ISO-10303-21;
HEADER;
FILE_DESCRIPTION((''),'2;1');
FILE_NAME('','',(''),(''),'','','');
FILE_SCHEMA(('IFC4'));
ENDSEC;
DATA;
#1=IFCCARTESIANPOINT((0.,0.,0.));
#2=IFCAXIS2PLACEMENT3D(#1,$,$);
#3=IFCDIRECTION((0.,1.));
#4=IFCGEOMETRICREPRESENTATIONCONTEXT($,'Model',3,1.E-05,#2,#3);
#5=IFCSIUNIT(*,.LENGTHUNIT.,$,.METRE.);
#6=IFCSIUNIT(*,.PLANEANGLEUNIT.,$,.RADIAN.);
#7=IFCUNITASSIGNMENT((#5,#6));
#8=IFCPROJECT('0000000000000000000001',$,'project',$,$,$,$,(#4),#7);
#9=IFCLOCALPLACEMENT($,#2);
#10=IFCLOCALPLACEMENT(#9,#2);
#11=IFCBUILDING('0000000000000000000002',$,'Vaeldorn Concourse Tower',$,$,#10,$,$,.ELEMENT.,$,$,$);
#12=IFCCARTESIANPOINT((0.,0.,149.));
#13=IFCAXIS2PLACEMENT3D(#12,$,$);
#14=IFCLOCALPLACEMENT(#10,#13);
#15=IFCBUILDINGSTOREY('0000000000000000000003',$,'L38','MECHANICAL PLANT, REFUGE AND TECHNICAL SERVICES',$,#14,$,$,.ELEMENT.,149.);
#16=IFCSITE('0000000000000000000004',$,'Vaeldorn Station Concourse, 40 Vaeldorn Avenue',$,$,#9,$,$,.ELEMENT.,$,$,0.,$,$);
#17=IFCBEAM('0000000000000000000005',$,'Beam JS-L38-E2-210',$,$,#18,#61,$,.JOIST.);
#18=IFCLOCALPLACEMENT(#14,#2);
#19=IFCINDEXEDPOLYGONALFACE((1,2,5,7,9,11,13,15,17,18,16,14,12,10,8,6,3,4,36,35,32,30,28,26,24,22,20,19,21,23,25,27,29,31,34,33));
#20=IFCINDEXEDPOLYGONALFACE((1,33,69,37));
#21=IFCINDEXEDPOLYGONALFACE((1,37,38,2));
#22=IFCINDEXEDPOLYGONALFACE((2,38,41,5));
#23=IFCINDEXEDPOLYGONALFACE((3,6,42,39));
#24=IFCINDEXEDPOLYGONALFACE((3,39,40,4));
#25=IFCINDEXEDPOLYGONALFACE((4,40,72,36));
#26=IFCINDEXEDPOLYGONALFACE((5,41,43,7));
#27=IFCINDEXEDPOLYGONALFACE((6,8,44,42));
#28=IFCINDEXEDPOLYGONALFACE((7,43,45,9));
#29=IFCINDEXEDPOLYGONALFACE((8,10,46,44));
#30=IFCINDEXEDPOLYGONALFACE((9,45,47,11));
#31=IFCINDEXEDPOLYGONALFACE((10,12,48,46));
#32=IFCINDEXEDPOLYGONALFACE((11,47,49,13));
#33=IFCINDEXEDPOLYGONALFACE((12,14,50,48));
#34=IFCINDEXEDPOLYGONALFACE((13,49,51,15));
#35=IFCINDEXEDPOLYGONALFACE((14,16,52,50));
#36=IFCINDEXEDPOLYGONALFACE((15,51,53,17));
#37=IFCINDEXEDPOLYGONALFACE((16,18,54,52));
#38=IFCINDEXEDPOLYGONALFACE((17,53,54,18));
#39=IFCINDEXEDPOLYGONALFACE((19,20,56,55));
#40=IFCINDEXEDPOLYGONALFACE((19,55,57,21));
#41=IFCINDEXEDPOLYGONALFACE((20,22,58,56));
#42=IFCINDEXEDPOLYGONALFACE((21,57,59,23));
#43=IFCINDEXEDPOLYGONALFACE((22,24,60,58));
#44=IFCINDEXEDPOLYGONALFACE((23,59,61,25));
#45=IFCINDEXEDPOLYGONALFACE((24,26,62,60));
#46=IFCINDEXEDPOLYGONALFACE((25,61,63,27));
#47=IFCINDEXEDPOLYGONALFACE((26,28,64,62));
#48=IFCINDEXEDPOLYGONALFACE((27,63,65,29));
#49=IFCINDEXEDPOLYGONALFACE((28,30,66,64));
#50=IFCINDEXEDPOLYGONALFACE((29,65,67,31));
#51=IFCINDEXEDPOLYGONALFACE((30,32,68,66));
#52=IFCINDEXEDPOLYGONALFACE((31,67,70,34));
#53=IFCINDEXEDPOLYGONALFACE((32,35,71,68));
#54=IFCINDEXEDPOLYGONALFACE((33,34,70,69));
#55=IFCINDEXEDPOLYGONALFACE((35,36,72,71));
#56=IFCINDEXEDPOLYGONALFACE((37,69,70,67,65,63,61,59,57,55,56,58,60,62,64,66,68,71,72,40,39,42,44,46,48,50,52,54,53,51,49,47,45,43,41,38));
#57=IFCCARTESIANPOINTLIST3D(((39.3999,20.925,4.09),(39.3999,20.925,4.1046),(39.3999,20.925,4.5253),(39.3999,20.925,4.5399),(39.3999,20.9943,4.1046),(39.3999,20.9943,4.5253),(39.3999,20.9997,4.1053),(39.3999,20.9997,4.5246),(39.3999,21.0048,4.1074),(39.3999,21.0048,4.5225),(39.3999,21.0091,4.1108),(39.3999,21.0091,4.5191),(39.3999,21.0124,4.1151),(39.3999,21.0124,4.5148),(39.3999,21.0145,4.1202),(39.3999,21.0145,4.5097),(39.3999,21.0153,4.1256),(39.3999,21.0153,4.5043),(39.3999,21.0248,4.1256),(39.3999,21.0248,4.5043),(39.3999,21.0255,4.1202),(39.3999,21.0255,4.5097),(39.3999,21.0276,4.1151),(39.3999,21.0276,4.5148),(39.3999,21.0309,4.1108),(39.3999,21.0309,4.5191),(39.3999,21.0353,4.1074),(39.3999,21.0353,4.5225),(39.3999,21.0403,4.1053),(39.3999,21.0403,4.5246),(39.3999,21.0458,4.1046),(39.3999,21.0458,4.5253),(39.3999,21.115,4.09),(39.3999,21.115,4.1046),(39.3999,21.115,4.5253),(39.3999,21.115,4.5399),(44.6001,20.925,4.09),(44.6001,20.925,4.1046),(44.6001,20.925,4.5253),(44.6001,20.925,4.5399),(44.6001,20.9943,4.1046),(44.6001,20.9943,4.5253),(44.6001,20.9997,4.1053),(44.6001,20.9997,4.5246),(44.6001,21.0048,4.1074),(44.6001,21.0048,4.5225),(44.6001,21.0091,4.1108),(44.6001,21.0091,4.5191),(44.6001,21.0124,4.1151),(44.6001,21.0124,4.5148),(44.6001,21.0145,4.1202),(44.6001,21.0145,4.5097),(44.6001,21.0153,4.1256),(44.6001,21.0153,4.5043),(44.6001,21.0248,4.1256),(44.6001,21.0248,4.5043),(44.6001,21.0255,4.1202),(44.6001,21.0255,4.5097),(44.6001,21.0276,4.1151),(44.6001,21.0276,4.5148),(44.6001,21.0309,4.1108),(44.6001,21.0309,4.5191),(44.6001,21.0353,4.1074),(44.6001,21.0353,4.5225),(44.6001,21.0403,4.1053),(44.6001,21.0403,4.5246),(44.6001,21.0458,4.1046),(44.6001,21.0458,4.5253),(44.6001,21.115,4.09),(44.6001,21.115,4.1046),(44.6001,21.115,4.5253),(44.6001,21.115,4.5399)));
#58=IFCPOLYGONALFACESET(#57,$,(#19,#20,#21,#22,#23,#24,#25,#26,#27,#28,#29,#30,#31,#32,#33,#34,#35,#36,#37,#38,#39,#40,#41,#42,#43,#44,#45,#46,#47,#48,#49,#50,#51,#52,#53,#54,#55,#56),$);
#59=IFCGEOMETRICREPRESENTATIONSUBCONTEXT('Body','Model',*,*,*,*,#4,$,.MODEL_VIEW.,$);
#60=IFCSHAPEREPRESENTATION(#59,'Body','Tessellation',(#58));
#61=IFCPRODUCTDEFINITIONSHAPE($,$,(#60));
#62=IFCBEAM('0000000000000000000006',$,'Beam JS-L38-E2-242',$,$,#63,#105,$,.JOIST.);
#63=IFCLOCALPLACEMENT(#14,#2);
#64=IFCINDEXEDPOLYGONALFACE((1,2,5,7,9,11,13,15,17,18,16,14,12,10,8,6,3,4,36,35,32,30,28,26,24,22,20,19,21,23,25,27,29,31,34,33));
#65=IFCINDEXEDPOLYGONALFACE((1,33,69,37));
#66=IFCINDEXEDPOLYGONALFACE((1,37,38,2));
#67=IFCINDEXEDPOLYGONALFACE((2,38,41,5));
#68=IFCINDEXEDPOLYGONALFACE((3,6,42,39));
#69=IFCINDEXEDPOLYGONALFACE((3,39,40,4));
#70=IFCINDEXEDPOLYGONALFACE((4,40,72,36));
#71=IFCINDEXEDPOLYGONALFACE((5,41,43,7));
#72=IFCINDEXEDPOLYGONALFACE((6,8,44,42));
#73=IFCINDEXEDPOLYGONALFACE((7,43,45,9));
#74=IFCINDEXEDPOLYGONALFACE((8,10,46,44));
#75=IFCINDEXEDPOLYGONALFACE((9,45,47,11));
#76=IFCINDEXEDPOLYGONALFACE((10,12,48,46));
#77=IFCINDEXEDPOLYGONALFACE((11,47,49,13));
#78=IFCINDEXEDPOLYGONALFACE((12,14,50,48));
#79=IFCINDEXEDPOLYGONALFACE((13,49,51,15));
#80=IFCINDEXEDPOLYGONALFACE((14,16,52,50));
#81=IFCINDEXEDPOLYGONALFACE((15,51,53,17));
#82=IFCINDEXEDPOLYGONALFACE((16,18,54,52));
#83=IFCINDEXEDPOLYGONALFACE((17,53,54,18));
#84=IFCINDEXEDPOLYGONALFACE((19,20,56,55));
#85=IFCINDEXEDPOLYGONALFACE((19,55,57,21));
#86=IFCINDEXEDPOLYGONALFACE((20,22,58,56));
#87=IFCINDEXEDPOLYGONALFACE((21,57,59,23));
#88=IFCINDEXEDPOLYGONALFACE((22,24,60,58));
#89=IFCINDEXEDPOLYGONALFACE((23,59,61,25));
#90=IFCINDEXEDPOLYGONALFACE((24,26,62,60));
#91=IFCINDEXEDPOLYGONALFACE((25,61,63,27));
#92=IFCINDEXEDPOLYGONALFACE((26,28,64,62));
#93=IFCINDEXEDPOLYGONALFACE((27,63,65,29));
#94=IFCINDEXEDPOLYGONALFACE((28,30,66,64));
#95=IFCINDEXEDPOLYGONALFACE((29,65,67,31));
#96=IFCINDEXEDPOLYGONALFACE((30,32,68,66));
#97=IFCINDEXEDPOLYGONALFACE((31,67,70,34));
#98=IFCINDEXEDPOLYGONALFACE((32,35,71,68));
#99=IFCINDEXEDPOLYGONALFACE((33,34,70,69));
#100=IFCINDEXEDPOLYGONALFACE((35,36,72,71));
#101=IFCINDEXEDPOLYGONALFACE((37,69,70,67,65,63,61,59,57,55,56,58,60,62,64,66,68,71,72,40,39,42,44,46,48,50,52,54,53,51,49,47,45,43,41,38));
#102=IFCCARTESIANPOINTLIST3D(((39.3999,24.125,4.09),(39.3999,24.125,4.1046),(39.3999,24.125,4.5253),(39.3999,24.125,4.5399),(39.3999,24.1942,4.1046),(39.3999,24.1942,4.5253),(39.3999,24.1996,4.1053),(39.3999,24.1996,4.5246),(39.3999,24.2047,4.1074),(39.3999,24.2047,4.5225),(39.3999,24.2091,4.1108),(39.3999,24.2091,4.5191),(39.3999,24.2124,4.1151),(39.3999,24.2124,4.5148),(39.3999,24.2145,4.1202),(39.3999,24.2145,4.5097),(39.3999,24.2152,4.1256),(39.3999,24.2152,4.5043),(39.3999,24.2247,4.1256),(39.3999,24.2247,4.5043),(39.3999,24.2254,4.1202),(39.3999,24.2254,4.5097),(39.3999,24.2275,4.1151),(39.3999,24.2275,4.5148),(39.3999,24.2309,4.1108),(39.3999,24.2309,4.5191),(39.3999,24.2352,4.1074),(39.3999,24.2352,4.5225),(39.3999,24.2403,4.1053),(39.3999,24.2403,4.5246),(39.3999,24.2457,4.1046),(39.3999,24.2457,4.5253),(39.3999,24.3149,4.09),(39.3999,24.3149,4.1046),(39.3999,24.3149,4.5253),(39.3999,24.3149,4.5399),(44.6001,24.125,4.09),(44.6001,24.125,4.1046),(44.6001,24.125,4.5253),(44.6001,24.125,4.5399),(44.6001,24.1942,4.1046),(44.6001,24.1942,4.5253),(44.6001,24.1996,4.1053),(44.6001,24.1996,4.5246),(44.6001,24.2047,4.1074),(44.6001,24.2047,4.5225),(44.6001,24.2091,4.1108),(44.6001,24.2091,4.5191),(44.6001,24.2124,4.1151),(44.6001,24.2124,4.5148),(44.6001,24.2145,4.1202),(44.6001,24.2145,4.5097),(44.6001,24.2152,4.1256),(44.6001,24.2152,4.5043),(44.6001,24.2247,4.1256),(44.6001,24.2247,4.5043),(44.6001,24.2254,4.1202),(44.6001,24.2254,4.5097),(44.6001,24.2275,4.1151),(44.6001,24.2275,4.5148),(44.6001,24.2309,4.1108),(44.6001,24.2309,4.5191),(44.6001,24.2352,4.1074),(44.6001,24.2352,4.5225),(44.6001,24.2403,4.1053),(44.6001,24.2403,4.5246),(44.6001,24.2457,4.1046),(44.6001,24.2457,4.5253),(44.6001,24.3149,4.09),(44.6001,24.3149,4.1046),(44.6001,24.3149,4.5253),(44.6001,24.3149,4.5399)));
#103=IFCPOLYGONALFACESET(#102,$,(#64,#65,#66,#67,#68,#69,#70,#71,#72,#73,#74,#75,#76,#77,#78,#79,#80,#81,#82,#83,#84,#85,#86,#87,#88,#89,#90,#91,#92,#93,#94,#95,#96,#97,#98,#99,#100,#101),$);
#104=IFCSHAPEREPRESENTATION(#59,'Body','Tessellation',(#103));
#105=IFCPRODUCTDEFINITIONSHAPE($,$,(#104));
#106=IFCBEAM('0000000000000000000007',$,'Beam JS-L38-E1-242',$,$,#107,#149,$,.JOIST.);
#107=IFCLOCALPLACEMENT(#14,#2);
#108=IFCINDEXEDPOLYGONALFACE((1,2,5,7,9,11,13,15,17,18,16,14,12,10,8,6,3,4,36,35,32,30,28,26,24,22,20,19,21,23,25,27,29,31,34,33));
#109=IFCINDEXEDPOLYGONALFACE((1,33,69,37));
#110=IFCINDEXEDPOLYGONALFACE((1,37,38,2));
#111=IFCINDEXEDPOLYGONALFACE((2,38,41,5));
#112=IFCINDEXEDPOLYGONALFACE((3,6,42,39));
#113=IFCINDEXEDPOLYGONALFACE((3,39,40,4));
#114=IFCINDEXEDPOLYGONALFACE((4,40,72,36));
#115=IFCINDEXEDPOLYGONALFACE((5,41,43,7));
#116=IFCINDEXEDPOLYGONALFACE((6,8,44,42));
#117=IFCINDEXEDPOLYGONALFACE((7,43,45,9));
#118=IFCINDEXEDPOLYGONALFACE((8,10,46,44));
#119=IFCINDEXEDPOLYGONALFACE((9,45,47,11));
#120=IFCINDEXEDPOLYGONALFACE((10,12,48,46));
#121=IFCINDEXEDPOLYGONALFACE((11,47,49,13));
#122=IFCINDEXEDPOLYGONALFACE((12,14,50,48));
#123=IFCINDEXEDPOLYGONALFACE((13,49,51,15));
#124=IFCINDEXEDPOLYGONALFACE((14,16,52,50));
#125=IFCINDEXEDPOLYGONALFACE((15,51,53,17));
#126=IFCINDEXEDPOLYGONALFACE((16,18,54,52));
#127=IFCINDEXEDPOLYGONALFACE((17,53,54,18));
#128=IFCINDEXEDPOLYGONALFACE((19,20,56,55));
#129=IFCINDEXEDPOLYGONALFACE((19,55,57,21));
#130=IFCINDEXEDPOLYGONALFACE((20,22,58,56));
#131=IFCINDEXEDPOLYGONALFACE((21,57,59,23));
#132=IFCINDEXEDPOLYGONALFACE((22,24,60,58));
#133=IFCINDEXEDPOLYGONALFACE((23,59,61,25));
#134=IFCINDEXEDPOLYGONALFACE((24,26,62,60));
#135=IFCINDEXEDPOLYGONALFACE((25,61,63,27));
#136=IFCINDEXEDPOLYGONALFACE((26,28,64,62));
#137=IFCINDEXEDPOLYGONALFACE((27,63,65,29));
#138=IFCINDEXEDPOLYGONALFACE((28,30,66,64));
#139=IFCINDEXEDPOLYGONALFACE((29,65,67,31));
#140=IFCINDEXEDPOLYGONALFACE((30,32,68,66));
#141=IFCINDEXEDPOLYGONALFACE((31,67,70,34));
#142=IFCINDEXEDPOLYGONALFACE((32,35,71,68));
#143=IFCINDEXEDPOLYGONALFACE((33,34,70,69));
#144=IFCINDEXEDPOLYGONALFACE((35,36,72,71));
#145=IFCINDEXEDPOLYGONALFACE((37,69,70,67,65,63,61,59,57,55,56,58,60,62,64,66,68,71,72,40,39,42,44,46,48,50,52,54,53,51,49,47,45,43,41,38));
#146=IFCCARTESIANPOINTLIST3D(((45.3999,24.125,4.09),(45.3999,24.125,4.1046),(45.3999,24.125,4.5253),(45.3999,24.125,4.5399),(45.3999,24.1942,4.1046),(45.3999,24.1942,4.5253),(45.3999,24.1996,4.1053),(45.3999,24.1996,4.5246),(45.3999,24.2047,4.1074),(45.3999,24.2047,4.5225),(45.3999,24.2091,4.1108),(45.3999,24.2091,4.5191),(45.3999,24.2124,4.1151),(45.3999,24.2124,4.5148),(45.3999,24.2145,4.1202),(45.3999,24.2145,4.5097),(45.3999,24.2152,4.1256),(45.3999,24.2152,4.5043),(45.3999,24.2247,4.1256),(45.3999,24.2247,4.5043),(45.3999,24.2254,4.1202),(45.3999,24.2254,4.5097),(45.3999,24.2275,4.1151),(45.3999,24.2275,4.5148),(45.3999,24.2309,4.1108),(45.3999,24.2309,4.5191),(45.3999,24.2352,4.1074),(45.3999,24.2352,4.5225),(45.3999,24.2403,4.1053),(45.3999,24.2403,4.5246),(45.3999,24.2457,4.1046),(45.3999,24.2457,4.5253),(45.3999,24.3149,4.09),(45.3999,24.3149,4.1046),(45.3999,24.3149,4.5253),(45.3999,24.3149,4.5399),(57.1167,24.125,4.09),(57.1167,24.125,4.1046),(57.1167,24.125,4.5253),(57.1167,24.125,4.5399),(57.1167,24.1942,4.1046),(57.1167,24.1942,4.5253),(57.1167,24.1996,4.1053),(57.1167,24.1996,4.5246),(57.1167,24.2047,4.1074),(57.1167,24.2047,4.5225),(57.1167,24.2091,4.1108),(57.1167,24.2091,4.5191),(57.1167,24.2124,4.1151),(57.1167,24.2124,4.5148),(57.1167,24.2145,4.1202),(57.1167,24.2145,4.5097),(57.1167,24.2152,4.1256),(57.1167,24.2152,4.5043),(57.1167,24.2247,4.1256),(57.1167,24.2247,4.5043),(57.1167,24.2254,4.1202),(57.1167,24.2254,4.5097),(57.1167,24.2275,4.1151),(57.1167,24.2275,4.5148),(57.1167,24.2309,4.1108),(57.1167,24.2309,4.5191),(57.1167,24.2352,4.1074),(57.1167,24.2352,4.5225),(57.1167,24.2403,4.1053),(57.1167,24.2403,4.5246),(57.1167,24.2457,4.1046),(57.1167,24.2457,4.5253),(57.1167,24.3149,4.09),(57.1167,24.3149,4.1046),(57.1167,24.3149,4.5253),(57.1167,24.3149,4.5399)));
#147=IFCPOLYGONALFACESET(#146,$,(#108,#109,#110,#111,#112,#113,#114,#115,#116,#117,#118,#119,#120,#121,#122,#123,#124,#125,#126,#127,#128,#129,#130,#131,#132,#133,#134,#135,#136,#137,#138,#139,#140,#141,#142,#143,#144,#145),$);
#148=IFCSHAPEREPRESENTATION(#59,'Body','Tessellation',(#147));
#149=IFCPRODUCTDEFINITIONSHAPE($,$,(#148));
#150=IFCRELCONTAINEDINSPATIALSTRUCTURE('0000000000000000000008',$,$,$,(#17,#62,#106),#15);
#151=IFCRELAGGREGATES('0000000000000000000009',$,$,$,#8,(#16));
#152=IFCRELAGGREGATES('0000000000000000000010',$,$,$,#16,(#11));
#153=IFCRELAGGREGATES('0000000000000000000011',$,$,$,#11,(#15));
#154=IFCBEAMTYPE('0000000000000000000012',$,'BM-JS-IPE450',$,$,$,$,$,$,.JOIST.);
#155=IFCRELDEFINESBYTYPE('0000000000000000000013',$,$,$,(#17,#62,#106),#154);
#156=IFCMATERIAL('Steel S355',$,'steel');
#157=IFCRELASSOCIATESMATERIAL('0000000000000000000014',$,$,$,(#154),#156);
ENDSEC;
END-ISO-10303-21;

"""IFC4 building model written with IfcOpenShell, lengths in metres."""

from ifc_helpers import new_model, si_unit, direction, frame, origin, origin_2d, place, context, subcontext, project, spatial, i_section, extrude, source, transform, mapped, material, material_profile, profile_set, type_object, element, save


model = new_model("IFC4")

# Units and contexts
model_context = context("Model", 3, precision=1e-05, world=origin(), true_north=direction((0.0, 1.0)))
body_context = subcontext(model_context, "Body", "Model", "MODEL_VIEW")
ifc_project = project(units=[si_unit("LENGTHUNIT", "METRE"), si_unit("PLANEANGLEUNIT", "RADIAN")], contexts=[model_context])

# Site, building, storey
site_placement = place(None, origin())
site = spatial("IfcSite", under=ifc_project, at=site_placement, Name="Vaeldorn Station Concourse, 40 Vaeldorn Avenue", CompositionType="ELEMENT", RefElevation=0.0)
building_placement = place(site_placement, origin())
building = spatial("IfcBuilding", under=site, at=building_placement, Name="Vaeldorn Concourse Tower", CompositionType="ELEMENT")
storey_placement = place(building_placement, frame((0.0, 0.0, 149.0)))
storey = spatial("IfcBuildingStorey", under=building, at=storey_placement, Name="L38", Description="MECHANICAL PLANT, REFUGE AND TECHNICAL SERVICES", CompositionType="ELEMENT", Elevation=149.0)

# Beams
ifc_material_1 = material(Name="Steel S355", Category="steel")
ifc_material_profile_1 = material_profile(ifc_material_1, i_section(OverallWidth=0.1899, OverallDepth=0.45, WebThickness=0.0095, FlangeThickness=0.0146, FilletRadius=0.021, at=origin_2d()), Name="IPE 450")
ifc_profile_set_1 = profile_set([ifc_material_profile_1], Name="Steel S355")
beam_type_1 = type_object("IfcBeamType", Name="BM-JS-IPE450", PredefinedType="JOIST", material=ifc_profile_set_1)
shared_shape_1 = source(origin(), body_context, "Body", "SweptSolid", [
    extrude(i_section(OverallWidth=0.1899, OverallDepth=0.45, WebThickness=0.0095, FlangeThickness=0.0146, FilletRadius=0.021, at=origin_2d()), origin(), (0.0, 0.0, 1.0), 5.2002),
])
for number, where, z_axis, x_axis, name in (
    (1, (39.3999, 21.02, 4.3149), (1.0, 0.0, 0.0), (0.0, 1.0, 0.0), "Beam JS-L38-E2-210"),
    (2, (39.3999, 24.22, 4.3149), (1.0, 0.0, 0.0), (0.0, 1.0, 0.0), "Beam JS-L38-E2-242"),
):
    element("IfcBeam", number, at=place(storey_placement, frame(where, z_axis=z_axis, x_axis=x_axis)), inside=storey, type_object=beam_type_1, Name=name, PredefinedType="JOIST", context=body_context, shape_type="MappedRepresentation", body=[
        mapped(shared_shape_1, transform((0.0, 0.0, 0.0), scale=1.0)),
    ])
shared_shape_2 = source(origin(), body_context, "Body", "SweptSolid", [
    extrude(i_section(OverallWidth=0.1899, OverallDepth=0.45, WebThickness=0.0095, FlangeThickness=0.0146, FilletRadius=0.021, at=origin_2d()), origin(), (0.0, 0.0, 1.0), 11.7168),
])
beam_1_placement = place(storey_placement, frame((45.3999, 24.22, 4.3149), z_axis=(1.0, 0.0, 0.0), x_axis=(0.0, 1.0, 0.0)))
element("IfcBeam", 3, at=beam_1_placement, inside=storey, type_object=beam_type_1, Name="Beam JS-L38-E1-242", PredefinedType="JOIST", context=body_context, shape_type="MappedRepresentation", body=[
    mapped(shared_shape_2, transform((0.0, 0.0, 0.0), scale=1.0)),
])

save(model, "model.ifc")
